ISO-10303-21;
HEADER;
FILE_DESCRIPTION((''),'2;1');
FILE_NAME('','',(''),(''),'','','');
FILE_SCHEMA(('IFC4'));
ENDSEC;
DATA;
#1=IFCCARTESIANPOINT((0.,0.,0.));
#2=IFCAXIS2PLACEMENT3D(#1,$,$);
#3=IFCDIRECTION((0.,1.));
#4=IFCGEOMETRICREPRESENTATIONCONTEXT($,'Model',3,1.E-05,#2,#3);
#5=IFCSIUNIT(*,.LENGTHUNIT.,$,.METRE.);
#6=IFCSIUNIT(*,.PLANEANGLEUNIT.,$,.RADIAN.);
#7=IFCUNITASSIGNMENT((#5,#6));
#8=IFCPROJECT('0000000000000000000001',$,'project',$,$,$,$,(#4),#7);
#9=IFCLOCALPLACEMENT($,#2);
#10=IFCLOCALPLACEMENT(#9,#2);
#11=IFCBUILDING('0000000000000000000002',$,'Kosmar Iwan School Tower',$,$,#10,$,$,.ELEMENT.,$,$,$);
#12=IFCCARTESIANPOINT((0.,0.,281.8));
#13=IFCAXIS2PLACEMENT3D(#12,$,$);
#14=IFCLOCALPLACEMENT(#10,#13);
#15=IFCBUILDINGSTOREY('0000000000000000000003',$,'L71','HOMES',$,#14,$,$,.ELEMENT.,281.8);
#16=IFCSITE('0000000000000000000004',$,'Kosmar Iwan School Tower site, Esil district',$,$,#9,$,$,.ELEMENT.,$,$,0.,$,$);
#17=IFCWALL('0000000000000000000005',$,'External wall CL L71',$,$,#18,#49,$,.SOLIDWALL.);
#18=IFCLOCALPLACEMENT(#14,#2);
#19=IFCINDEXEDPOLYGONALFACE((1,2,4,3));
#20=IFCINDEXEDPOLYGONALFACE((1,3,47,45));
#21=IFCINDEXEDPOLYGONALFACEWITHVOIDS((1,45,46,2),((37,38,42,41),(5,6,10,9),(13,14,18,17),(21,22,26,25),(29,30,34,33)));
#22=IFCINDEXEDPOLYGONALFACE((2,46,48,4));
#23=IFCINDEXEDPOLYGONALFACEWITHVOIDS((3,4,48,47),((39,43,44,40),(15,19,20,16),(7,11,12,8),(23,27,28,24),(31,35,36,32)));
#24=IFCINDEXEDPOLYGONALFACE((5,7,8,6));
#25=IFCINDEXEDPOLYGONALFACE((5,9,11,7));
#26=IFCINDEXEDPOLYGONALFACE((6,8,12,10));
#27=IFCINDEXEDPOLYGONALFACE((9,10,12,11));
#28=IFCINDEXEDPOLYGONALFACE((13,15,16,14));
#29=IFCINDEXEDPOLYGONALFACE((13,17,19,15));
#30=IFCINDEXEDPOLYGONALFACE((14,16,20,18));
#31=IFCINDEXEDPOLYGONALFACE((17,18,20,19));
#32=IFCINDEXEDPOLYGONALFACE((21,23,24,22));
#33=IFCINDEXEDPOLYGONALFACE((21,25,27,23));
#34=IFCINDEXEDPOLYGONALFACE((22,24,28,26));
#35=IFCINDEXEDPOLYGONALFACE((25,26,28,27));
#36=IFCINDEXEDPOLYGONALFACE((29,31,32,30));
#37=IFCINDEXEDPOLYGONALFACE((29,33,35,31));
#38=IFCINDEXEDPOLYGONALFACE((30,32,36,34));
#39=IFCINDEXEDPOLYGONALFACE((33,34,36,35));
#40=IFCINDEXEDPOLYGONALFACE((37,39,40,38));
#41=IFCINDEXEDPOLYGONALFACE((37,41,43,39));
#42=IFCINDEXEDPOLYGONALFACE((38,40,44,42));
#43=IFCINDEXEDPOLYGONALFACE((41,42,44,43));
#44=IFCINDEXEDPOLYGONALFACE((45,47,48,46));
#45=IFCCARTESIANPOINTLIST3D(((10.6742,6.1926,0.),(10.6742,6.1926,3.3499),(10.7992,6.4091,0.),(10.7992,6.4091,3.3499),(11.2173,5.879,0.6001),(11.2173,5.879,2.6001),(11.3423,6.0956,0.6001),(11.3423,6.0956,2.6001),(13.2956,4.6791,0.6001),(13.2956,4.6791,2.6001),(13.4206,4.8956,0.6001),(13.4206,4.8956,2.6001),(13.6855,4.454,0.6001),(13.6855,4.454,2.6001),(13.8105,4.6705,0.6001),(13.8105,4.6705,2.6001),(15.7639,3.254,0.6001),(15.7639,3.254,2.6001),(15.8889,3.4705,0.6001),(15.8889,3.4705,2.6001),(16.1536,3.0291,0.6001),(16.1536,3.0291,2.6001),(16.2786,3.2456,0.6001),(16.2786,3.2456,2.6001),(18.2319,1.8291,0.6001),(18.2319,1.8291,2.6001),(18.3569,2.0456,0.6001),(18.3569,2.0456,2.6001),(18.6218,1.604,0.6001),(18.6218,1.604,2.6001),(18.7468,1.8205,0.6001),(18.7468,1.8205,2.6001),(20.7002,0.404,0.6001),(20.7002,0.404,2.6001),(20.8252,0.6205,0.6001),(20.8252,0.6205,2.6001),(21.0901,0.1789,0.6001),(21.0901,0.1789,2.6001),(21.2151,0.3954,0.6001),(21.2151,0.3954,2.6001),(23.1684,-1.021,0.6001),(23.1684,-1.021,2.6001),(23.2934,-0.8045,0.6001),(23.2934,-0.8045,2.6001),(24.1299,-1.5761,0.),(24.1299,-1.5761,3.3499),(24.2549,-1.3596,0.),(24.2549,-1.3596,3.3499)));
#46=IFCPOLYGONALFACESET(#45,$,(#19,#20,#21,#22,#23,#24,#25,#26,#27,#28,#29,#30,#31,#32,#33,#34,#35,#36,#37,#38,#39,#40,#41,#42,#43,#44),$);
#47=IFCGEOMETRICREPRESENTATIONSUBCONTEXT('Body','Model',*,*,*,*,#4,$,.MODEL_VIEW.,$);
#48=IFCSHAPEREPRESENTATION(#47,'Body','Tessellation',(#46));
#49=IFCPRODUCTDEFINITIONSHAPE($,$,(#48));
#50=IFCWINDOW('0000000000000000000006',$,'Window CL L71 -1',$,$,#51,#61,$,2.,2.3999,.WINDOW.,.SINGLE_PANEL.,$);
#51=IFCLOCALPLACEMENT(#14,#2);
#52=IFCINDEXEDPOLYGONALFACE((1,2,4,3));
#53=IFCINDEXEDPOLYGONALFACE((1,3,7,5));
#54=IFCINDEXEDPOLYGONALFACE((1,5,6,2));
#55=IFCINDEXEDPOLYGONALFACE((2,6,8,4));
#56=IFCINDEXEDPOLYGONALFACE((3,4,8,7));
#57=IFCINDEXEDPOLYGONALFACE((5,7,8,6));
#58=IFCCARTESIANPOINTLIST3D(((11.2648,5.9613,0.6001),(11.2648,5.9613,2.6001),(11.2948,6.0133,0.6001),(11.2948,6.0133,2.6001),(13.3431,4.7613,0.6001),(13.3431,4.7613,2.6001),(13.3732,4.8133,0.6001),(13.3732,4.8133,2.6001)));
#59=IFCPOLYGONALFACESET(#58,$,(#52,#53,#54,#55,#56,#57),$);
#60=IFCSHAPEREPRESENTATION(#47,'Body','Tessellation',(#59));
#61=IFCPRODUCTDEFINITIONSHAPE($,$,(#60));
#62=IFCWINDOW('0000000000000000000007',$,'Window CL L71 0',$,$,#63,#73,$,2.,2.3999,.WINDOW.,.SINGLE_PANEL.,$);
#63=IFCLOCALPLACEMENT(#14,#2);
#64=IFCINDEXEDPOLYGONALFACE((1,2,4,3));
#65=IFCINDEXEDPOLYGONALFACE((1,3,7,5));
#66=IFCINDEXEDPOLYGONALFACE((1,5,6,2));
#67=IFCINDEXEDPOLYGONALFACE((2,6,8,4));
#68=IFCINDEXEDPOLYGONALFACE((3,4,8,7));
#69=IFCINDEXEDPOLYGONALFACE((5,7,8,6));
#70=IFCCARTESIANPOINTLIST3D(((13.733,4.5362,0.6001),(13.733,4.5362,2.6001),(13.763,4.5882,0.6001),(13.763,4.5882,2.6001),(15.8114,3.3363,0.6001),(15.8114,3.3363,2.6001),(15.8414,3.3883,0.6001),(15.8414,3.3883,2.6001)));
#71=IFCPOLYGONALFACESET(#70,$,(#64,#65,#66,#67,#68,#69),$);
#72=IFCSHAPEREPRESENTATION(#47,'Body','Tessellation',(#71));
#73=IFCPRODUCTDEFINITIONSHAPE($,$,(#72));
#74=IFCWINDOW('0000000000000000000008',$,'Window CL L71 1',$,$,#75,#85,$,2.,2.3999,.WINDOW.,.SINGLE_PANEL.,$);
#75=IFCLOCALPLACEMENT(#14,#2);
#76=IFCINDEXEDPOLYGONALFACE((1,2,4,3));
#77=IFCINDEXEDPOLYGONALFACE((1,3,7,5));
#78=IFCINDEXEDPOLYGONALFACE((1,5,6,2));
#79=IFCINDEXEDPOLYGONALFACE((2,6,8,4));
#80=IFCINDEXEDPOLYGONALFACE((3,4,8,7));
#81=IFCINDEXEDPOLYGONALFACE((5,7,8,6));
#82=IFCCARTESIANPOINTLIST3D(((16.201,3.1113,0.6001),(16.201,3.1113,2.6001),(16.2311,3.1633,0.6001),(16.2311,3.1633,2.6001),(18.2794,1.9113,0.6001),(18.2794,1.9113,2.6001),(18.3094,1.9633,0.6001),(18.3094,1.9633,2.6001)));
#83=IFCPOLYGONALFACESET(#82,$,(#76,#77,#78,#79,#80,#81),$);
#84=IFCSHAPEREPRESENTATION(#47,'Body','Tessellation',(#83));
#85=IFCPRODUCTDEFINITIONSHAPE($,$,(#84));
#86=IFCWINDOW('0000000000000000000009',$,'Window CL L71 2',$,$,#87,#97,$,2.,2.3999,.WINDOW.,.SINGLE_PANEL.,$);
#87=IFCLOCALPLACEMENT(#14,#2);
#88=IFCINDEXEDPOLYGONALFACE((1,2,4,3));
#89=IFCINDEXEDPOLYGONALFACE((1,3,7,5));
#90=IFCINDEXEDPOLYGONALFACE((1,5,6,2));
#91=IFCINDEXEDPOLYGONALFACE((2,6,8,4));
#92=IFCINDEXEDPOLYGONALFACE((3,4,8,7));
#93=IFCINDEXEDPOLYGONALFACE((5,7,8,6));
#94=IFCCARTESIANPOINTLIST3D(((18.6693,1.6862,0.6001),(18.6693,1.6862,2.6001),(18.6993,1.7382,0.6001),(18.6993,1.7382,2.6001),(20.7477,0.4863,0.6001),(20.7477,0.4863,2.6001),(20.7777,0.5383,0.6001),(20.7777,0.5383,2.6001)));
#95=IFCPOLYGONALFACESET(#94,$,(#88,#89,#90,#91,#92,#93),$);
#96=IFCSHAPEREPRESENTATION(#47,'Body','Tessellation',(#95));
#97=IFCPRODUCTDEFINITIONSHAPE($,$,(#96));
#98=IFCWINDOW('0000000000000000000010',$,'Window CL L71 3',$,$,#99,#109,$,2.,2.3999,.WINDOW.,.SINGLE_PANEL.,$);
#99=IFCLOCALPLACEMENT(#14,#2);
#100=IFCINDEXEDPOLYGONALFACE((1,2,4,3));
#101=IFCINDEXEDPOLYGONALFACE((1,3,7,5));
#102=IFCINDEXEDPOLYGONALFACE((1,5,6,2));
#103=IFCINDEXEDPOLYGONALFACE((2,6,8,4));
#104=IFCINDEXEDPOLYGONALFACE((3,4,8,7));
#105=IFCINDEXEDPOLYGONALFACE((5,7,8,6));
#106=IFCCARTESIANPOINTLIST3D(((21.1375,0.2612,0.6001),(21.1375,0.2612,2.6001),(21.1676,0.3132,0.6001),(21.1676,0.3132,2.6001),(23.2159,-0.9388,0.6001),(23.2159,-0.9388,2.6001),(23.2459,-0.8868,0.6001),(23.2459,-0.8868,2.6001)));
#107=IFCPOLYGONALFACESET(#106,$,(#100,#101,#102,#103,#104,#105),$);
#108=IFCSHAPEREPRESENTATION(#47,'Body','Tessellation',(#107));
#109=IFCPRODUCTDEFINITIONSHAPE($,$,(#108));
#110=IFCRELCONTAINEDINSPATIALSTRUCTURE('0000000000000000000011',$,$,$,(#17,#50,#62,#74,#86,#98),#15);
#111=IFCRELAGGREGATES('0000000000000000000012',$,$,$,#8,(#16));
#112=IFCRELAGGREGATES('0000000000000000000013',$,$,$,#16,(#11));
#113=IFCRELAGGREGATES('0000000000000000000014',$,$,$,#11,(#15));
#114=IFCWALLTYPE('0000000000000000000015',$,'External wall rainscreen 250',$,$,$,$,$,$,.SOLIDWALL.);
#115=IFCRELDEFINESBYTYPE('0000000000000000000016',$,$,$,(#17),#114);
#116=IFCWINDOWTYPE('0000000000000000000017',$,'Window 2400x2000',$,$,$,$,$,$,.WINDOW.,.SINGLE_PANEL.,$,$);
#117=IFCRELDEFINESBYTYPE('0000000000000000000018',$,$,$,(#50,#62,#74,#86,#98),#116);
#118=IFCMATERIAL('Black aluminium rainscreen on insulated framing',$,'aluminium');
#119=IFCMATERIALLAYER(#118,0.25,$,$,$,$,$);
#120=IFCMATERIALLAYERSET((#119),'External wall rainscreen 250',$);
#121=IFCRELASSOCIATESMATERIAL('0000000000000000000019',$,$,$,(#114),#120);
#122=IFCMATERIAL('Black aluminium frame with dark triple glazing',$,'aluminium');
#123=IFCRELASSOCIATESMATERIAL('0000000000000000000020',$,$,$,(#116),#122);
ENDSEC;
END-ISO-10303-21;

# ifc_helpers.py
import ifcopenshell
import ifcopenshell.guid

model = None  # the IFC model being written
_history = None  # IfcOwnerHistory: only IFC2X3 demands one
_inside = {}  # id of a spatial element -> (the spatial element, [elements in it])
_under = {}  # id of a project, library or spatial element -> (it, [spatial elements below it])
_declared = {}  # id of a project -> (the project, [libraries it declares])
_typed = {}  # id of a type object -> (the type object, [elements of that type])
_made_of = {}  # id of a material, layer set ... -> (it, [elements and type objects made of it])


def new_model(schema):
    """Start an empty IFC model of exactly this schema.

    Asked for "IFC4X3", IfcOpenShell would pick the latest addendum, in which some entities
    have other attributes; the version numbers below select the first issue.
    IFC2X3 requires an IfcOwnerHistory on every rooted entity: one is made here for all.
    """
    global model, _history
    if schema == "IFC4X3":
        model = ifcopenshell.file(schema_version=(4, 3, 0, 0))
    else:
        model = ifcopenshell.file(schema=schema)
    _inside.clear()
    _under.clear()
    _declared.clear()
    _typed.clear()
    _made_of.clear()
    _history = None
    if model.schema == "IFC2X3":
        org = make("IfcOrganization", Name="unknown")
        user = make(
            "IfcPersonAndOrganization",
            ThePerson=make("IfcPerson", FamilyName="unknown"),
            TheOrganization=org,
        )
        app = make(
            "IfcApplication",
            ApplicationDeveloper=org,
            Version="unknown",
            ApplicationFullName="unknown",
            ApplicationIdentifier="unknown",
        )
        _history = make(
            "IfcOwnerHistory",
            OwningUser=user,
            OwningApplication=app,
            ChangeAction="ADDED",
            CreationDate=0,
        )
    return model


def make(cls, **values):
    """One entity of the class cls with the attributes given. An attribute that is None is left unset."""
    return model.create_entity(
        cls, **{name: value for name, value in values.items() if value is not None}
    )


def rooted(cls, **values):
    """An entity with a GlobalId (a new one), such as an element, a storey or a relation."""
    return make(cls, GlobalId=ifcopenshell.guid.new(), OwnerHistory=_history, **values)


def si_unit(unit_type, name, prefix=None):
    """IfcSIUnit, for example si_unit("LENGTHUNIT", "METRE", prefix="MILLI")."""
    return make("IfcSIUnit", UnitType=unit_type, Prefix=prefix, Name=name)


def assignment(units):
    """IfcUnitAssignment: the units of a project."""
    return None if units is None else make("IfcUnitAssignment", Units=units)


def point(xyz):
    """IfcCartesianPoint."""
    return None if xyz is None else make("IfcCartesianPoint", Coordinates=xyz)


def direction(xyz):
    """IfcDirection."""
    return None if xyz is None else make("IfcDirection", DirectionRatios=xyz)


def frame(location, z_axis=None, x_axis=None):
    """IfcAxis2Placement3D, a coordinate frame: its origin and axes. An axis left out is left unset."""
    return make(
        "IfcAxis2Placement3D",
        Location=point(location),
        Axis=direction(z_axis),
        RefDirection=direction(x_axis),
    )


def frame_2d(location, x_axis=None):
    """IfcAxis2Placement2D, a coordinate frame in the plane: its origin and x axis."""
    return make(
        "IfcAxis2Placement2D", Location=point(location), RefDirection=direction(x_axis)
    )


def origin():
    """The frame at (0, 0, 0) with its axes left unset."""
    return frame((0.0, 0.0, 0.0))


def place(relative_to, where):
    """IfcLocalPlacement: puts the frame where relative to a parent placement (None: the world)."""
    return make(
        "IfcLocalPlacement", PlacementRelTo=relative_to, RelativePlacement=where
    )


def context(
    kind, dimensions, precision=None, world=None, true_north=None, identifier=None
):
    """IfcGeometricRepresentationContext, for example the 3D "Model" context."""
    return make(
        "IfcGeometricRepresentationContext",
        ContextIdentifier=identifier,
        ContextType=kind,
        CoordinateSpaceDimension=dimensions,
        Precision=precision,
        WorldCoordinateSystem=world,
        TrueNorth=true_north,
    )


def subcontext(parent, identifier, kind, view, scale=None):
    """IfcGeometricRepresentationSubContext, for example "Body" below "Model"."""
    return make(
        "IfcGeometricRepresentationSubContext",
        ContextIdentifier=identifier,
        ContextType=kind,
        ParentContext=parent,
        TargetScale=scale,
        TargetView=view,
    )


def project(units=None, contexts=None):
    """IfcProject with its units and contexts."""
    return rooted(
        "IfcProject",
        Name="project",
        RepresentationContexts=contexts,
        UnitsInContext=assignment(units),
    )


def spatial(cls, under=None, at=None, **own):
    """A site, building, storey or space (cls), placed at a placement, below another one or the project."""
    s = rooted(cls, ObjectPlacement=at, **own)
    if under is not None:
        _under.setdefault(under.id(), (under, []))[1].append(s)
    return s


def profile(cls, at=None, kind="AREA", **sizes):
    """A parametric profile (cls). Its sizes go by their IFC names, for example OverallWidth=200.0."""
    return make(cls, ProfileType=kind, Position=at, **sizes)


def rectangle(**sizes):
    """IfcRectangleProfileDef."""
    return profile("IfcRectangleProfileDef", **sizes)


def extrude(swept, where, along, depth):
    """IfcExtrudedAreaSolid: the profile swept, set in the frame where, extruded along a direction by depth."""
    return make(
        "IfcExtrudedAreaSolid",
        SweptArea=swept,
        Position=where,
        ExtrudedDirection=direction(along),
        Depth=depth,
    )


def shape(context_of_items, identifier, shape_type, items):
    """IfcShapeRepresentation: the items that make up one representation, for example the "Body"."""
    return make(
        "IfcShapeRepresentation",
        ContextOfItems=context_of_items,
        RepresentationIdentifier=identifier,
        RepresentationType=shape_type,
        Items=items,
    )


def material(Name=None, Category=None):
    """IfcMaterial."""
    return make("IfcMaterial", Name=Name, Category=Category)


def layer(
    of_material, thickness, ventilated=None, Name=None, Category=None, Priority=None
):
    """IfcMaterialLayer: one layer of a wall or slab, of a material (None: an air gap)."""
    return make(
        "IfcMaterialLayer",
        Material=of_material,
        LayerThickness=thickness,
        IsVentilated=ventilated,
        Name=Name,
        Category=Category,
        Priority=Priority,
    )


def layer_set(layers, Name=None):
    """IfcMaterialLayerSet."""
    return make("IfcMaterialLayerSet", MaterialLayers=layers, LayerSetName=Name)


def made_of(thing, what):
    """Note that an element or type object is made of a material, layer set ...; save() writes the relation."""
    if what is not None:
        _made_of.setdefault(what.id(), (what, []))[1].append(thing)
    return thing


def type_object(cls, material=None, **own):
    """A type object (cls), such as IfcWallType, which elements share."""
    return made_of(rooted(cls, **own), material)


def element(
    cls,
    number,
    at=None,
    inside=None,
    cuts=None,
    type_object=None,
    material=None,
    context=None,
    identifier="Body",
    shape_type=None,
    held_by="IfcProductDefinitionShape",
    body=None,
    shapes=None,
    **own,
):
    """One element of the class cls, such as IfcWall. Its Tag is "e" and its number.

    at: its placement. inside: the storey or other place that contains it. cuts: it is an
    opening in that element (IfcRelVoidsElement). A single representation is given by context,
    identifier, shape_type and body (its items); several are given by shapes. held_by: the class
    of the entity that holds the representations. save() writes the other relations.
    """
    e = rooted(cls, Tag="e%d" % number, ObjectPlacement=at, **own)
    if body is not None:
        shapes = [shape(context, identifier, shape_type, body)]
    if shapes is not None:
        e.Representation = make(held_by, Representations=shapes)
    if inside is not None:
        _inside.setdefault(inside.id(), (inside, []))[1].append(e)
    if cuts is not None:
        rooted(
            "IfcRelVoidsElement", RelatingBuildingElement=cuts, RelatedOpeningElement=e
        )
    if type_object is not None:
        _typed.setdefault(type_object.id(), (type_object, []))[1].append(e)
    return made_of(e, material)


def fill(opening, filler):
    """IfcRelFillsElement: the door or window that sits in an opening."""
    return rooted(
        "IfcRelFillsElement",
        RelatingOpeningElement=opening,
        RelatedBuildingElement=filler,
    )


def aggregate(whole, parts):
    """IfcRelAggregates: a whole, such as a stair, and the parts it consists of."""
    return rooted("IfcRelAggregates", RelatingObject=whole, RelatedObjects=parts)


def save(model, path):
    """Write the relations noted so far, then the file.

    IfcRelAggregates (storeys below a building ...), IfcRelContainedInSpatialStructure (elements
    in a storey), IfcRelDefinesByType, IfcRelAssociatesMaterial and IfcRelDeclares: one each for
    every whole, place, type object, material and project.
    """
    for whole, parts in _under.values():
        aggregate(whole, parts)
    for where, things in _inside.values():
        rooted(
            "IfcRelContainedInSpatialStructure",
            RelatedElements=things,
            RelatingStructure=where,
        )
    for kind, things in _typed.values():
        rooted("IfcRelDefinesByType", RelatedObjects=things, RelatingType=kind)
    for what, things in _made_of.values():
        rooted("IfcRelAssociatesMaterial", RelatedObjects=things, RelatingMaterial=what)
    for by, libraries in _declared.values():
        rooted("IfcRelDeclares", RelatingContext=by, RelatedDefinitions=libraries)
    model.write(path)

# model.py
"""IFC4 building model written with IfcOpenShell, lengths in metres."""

from ifc_helpers import new_model, si_unit, direction, frame, frame_2d, origin, place, context, subcontext, project, spatial, rectangle, extrude, material, layer, layer_set, type_object, element, fill, save


model = new_model("IFC4")

# Units and contexts
model_context = context("Model", 3, precision=1e-05, world=origin(), true_north=direction((0.0, 1.0)))
body_context = subcontext(model_context, "Body", "Model", "MODEL_VIEW")
ifc_project = project(units=[si_unit("LENGTHUNIT", "METRE"), si_unit("PLANEANGLEUNIT", "RADIAN")], contexts=[model_context])

# Site, building, storey
site_placement = place(None, origin())
site = spatial("IfcSite", under=ifc_project, at=site_placement, Name="Kosmar Iwan School Tower site, Esil district", CompositionType="ELEMENT", RefElevation=0.0)
building_placement = place(site_placement, origin())
building = spatial("IfcBuilding", under=site, at=building_placement, Name="Kosmar Iwan School Tower", CompositionType="ELEMENT")
storey_placement = place(building_placement, frame((0.0, 0.0, 281.8)))
storey = spatial("IfcBuildingStorey", under=building, at=storey_placement, Name="L71", Description="HOMES", CompositionType="ELEMENT", Elevation=281.8)

# Wall, openings, windows
ifc_material_1 = material(Name="Black aluminium rainscreen on insulated framing", Category="aluminium")
ifc_layer_1 = layer(ifc_material_1, 0.25)
ifc_layer_set_1 = layer_set([ifc_layer_1], Name="External wall rainscreen 250")
wall_type_1 = type_object("IfcWallType", Name="External wall rainscreen 250", PredefinedType="SOLIDWALL", material=ifc_layer_set_1)
wall_1_placement = place(storey_placement, frame((10.7368, 6.3008, 0.0), z_axis=(0.0, 0.0, 1.0), x_axis=(0.866023, -0.500004, 0.0)))
wall_1 = element("IfcWall", 1, at=wall_1_placement, inside=storey, type_object=wall_type_1, Name="External wall CL L71", PredefinedType="SOLIDWALL", context=body_context, shape_type="SweptSolid", body=[
    extrude(rectangle(XDim=15.5374, YDim=0.25, at=frame_2d((7.7686, 0.0))), origin(), (0.0, 0.0, 1.0), 3.3499),
])
opening_1_placement = place(wall_1_placement, frame((0.627, 0.0, 0.6001)))
opening_1 = element("IfcOpeningElement", 2, at=opening_1_placement, cuts=wall_1, PredefinedType="OPENING", context=body_context, shape_type="SweptSolid", body=[
    extrude(rectangle(XDim=2.3999, YDim=2.0, at=frame_2d((1.2, 1.0))), frame((0.0, 0.137, 0.0), z_axis=(0.0, -1.0, 0.0), x_axis=(1.0, 0.0, 0.0)), (0.0, 0.0, 1.0), 0.2739),
])
opening_2_placement = place(wall_1_placement, frame((3.4771, 0.0, 0.6001)))
opening_2 = element("IfcOpeningElement", 3, at=opening_2_placement, cuts=wall_1, PredefinedType="OPENING", context=body_context, shape_type="SweptSolid", body=[
    extrude(rectangle(XDim=2.3999, YDim=2.0, at=frame_2d((1.2, 1.0))), frame((0.0, 0.137, 0.0), z_axis=(0.0, -1.0, 0.0), x_axis=(1.0, 0.0, 0.0)), (0.0, 0.0, 1.0), 0.2739),
])
opening_3_placement = place(wall_1_placement, frame((6.3269, 0.0, 0.6001)))
opening_3 = element("IfcOpeningElement", 4, at=opening_3_placement, cuts=wall_1, PredefinedType="OPENING", context=body_context, shape_type="SweptSolid", body=[
    extrude(rectangle(XDim=2.3999, YDim=2.0, at=frame_2d((1.2, 1.0))), frame((0.0, 0.137, 0.0), z_axis=(0.0, -1.0, 0.0), x_axis=(1.0, 0.0, 0.0)), (0.0, 0.0, 1.0), 0.2739),
])
opening_4_placement = place(wall_1_placement, frame((9.177, 0.0, 0.6001)))
opening_4 = element("IfcOpeningElement", 5, at=opening_4_placement, cuts=wall_1, PredefinedType="OPENING", context=body_context, shape_type="SweptSolid", body=[
    extrude(rectangle(XDim=2.3999, YDim=2.0, at=frame_2d((1.2, 1.0))), frame((0.0, 0.137, 0.0), z_axis=(0.0, -1.0, 0.0), x_axis=(1.0, 0.0, 0.0)), (0.0, 0.0, 1.0), 0.2739),
])
opening_5_placement = place(wall_1_placement, frame((12.0271, 0.0, 0.6001)))
opening_5 = element("IfcOpeningElement", 6, at=opening_5_placement, cuts=wall_1, PredefinedType="OPENING", context=body_context, shape_type="SweptSolid", body=[
    extrude(rectangle(XDim=2.3999, YDim=2.0, at=frame_2d((1.2, 1.0))), frame((0.0, 0.137, 0.0), z_axis=(0.0, -1.0, 0.0), x_axis=(1.0, 0.0, 0.0)), (0.0, 0.0, 1.0), 0.2739),
])
ifc_material_2 = material(Name="Black aluminium frame with dark triple glazing", Category="aluminium")
window_type = type_object("IfcWindowType", Name="Window 2400x2000", PartitioningType="SINGLE_PANEL", PredefinedType="WINDOW", material=ifc_material_2)
window_1_placement = place(opening_1_placement, origin())
window_1 = element("IfcWindow", 7, at=window_1_placement, inside=storey, type_object=window_type, Name="Window CL L71 -1", OverallHeight=2.0, OverallWidth=2.3999, PartitioningType="SINGLE_PANEL", PredefinedType="WINDOW", context=body_context, shape_type="SweptSolid", body=[
    extrude(rectangle(XDim=2.3999, YDim=2.0, at=frame_2d((1.2, 1.0))), frame((0.0, 0.03, 0.0), z_axis=(0.0, -1.0, 0.0), x_axis=(1.0, 0.0, 0.0)), (0.0, 0.0, 1.0), 0.0601),
])
fill(opening_1, window_1)
window_2_placement = place(opening_2_placement, origin())
window_2 = element("IfcWindow", 8, at=window_2_placement, inside=storey, type_object=window_type, Name="Window CL L71 0", OverallHeight=2.0, OverallWidth=2.3999, PartitioningType="SINGLE_PANEL", PredefinedType="WINDOW", context=body_context, shape_type="SweptSolid", body=[
    extrude(rectangle(XDim=2.3999, YDim=2.0, at=frame_2d((1.2, 1.0))), frame((0.0, 0.03, 0.0), z_axis=(0.0, -1.0, 0.0), x_axis=(1.0, 0.0, 0.0)), (0.0, 0.0, 1.0), 0.0601),
])
fill(opening_2, window_2)
window_3_placement = place(opening_3_placement, origin())
window_3 = element("IfcWindow", 9, at=window_3_placement, inside=storey, type_object=window_type, Name="Window CL L71 1", OverallHeight=2.0, OverallWidth=2.3999, PartitioningType="SINGLE_PANEL", PredefinedType="WINDOW", context=body_context, shape_type="SweptSolid", body=[
    extrude(rectangle(XDim=2.3999, YDim=2.0, at=frame_2d((1.2, 1.0))), frame((0.0, 0.03, 0.0), z_axis=(0.0, -1.0, 0.0), x_axis=(1.0, 0.0, 0.0)), (0.0, 0.0, 1.0), 0.0601),
])
fill(opening_3, window_3)
window_4_placement = place(opening_4_placement, origin())
window_4 = element("IfcWindow", 10, at=window_4_placement, inside=storey, type_object=window_type, Name="Window CL L71 2", OverallHeight=2.0, OverallWidth=2.3999, PartitioningType="SINGLE_PANEL", PredefinedType="WINDOW", context=body_context, shape_type="SweptSolid", body=[
    extrude(rectangle(XDim=2.3999, YDim=2.0, at=frame_2d((1.2, 1.0))), frame((0.0, 0.03, 0.0), z_axis=(0.0, -1.0, 0.0), x_axis=(1.0, 0.0, 0.0)), (0.0, 0.0, 1.0), 0.0601),
])
fill(opening_4, window_4)
window_5_placement = place(opening_5_placement, origin())
window_5 = element("IfcWindow", 11, at=window_5_placement, inside=storey, type_object=window_type, Name="Window CL L71 3", OverallHeight=2.0, OverallWidth=2.3999, PartitioningType="SINGLE_PANEL", PredefinedType="WINDOW", context=body_context, shape_type="SweptSolid", body=[
    extrude(rectangle(XDim=2.3999, YDim=2.0, at=frame_2d((1.2, 1.0))), frame((0.0, 0.03, 0.0), z_axis=(0.0, -1.0, 0.0), x_axis=(1.0, 0.0, 0.0)), (0.0, 0.0, 1.0), 0.0601),
])
fill(opening_5, window_5)

save(model, "model.ifc")
